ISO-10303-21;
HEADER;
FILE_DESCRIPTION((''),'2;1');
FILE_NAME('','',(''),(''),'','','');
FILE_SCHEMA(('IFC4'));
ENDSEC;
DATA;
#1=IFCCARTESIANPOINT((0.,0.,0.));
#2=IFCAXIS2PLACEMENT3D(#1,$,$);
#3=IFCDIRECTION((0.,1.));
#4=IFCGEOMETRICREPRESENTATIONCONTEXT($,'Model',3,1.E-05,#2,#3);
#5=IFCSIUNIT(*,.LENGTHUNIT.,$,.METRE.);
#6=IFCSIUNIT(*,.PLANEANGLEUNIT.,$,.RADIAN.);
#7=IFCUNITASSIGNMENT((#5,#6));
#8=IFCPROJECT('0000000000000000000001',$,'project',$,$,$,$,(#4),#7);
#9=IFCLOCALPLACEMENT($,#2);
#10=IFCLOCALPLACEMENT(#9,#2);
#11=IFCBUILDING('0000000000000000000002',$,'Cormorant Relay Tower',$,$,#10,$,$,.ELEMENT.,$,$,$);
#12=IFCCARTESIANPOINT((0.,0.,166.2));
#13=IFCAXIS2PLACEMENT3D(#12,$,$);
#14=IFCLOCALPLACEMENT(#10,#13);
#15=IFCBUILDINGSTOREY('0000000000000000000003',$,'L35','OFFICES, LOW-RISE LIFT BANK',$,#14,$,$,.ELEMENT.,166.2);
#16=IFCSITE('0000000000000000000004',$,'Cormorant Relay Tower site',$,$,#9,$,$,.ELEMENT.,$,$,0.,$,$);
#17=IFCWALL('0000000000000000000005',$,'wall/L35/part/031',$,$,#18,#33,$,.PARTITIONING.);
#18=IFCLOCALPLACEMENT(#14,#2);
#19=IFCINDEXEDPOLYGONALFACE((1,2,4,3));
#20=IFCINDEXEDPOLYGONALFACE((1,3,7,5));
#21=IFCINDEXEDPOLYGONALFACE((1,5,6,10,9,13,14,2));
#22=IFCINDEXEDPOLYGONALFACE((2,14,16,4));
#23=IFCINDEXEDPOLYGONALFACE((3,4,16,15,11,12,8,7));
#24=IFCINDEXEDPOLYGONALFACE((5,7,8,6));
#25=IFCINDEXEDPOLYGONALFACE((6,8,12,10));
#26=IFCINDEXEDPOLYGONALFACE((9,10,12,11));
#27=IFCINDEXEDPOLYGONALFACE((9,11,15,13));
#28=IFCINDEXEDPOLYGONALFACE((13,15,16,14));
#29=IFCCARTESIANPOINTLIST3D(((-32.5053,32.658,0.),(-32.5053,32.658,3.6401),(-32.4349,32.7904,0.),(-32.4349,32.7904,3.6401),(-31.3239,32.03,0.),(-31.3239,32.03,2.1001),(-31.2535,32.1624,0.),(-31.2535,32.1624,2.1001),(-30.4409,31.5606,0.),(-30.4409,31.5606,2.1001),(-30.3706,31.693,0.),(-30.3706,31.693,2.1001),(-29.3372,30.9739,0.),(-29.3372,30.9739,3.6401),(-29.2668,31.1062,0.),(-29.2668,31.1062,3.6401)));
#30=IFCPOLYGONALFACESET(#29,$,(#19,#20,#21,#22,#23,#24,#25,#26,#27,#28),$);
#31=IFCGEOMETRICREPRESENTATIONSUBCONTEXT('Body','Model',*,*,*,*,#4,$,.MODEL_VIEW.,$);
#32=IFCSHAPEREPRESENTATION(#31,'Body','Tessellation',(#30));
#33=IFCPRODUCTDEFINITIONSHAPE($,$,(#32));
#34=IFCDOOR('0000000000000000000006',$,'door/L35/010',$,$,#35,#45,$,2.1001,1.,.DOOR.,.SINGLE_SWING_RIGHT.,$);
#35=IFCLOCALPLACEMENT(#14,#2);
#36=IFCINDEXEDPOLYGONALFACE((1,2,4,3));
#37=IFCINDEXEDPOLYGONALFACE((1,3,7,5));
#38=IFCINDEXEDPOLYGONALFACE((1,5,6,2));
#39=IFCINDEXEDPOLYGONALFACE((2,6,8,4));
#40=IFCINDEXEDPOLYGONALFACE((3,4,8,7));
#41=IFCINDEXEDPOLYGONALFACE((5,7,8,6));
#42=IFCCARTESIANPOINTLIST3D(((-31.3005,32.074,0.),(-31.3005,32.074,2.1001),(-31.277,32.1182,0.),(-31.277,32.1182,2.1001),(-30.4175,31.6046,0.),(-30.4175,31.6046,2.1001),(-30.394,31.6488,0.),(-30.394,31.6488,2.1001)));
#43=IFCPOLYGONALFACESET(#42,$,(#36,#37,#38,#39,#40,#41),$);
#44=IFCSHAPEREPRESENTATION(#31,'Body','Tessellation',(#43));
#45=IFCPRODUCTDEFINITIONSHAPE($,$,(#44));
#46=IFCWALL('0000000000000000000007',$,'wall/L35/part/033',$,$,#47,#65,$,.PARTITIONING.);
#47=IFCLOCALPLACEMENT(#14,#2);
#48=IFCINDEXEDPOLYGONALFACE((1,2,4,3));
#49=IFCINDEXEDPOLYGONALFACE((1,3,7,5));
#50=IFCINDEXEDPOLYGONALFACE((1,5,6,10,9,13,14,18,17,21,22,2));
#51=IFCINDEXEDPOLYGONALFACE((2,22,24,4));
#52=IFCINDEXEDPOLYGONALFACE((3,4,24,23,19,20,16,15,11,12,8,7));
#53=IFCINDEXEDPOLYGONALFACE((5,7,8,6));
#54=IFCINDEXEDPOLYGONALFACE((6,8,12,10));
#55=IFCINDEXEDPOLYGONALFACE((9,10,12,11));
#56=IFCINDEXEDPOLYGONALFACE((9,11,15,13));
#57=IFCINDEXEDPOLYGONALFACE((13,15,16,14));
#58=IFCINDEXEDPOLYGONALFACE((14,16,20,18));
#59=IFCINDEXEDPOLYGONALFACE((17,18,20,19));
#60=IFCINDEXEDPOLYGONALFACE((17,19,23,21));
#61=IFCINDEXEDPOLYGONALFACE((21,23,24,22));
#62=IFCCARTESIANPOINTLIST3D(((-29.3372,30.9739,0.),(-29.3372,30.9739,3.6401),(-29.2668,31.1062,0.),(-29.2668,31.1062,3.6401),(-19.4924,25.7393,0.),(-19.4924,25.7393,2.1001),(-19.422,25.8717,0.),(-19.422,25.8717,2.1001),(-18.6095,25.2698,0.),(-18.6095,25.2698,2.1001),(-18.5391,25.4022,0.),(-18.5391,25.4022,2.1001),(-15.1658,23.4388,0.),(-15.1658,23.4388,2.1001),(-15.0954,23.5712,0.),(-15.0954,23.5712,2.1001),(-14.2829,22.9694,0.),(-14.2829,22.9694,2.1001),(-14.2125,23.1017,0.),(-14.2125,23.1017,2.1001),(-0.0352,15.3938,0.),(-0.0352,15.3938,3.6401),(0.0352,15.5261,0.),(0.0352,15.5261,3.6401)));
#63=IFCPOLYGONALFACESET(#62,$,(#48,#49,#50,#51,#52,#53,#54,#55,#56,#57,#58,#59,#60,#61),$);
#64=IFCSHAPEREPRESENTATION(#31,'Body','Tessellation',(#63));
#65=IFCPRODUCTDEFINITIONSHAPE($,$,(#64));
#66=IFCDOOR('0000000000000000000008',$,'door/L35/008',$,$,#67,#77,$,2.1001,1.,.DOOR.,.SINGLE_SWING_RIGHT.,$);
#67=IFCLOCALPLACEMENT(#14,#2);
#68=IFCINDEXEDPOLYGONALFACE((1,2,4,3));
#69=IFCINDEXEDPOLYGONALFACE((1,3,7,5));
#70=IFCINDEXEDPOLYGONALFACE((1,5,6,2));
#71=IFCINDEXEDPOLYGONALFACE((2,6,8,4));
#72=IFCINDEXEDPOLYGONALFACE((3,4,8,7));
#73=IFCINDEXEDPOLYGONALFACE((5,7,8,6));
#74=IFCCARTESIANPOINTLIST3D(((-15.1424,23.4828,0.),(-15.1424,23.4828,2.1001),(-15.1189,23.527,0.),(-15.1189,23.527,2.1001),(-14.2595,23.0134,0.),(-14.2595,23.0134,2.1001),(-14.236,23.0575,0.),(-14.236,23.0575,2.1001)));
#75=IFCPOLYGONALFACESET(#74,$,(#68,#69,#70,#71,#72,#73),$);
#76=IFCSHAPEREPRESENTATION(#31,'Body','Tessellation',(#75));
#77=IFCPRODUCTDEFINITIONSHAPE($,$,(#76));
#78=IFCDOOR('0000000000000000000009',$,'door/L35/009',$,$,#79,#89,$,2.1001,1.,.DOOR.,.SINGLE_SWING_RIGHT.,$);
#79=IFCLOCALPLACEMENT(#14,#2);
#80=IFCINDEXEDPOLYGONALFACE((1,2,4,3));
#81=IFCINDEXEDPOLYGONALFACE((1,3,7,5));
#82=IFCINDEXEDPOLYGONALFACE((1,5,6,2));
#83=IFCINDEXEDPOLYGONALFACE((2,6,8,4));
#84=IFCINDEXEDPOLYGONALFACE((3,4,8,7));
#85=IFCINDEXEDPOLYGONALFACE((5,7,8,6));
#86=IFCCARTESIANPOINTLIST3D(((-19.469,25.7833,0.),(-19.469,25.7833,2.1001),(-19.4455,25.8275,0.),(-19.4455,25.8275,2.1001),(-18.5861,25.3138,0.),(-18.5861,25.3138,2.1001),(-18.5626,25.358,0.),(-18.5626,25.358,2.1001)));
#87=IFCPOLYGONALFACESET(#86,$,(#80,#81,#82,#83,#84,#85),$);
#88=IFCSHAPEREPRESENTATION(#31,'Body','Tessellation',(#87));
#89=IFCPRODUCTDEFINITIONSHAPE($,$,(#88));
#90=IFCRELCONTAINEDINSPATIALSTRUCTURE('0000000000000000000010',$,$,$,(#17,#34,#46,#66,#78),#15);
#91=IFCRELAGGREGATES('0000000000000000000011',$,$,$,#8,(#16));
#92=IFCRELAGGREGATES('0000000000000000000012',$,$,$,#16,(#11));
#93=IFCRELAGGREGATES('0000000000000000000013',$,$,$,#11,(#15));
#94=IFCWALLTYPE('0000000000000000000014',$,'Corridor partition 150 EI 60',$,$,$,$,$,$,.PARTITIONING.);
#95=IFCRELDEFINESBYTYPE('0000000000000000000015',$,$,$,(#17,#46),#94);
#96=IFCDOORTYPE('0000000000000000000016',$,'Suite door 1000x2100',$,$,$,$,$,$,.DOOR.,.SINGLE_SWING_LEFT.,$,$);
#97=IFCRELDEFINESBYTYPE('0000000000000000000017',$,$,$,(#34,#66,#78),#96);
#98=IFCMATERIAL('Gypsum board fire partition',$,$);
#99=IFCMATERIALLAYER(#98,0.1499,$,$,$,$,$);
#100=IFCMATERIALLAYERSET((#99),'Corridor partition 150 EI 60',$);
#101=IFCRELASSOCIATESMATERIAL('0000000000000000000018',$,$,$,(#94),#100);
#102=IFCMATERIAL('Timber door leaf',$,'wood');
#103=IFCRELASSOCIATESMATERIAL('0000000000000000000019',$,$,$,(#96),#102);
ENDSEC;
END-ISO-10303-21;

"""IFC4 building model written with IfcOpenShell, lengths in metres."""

from ifc_helpers import new_model, si_unit, direction, frame, frame_2d, origin, place, context, subcontext, project, spatial, rectangle, extrude, material, layer, layer_set, type_object, element, fill, save


model = new_model("IFC4")

# Units and contexts
model_context = context("Model", 3, precision=1e-05, world=origin(), true_north=direction((0.0, 1.0)))
body_context = subcontext(model_context, "Body", "Model", "MODEL_VIEW")
ifc_project = project(units=[si_unit("LENGTHUNIT", "METRE"), si_unit("PLANEANGLEUNIT", "RADIAN")], contexts=[model_context])

# Site, building, storey
site_placement = place(None, origin())
site = spatial("IfcSite", under=ifc_project, at=site_placement, Name="Cormorant Relay Tower site", CompositionType="ELEMENT", RefElevation=0.0)
building_placement = place(site_placement, origin())
building = spatial("IfcBuilding", under=site, at=building_placement, Name="Cormorant Relay Tower", CompositionType="ELEMENT")
storey_placement = place(building_placement, frame((0.0, 0.0, 166.2)))
storey = spatial("IfcBuildingStorey", under=building, at=storey_placement, Name="L35", Description="OFFICES, LOW-RISE LIFT BANK", CompositionType="ELEMENT", Elevation=166.2)

# Shared definitions
ifc_material_1 = material(Name="Gypsum board fire partition")
ifc_layer_1 = layer(ifc_material_1, 0.1499)
ifc_layer_set_1 = layer_set([ifc_layer_1], Name="Corridor partition 150 EI 60")
wall_type_1 = type_object("IfcWallType", Name="Corridor partition 150 EI 60", PredefinedType="PARTITIONING", material=ifc_layer_set_1)

# Wall, opening, door
wall_1_placement = place(storey_placement, frame((-29.302, 31.04, 0.0), z_axis=(0.0, 0.0, 1.0), x_axis=(-0.882989, 0.469394, 0.0)))
wall_1 = element("IfcWall", 1, at=wall_1_placement, inside=storey, type_object=wall_type_1, Name="wall/L35/part/031", PredefinedType="PARTITIONING", context=body_context, shape_type="SweptSolid", body=[
    extrude(rectangle(XDim=3.5879, YDim=0.1499, at=frame_2d((1.7939, 0.0))), origin(), (0.0, 0.0, 1.0), 3.6401),
])
opening_1_placement = place(wall_1_placement, frame((1.25, 0.0, 0.0)))
opening_1 = element("IfcOpeningElement", 2, at=opening_1_placement, cuts=wall_1, PredefinedType="OPENING", context=body_context, shape_type="SweptSolid", body=[
    extrude(rectangle(XDim=1.0, YDim=2.1001, at=frame_2d((0.5, 1.05))), frame((0.0, 0.085, 0.0), z_axis=(0.0, -1.0, 0.0), x_axis=(1.0, 0.0, 0.0)), (0.0, 0.0, 1.0), 0.1699),
])
ifc_material_2 = material(Name="Timber door leaf", Category="wood")
door_type_1 = type_object("IfcDoorType", Name="Suite door 1000x2100", OperationType="SINGLE_SWING_LEFT", PredefinedType="DOOR", material=ifc_material_2)
door_1_placement = place(opening_1_placement, frame((1.0, 0.0, 0.0), z_axis=(0.0, 0.0, 1.0), x_axis=(-1.0, 0.0, 0.0)))
door_1 = element("IfcDoor", 3, at=door_1_placement, inside=storey, type_object=door_type_1, Name="door/L35/010", OperationType="SINGLE_SWING_RIGHT", OverallHeight=2.1001, OverallWidth=1.0, PredefinedType="DOOR", context=body_context, shape_type="SweptSolid", body=[
    extrude(rectangle(XDim=1.0, YDim=2.1001, at=frame_2d((0.5, 1.05))), frame((0.0, 0.0249, 0.0), z_axis=(0.0, -1.0, 0.0), x_axis=(1.0, 0.0, 0.0)), (0.0, 0.0, 1.0), 0.05),
])
fill(opening_1, door_1)

# Wall, openings, doors
wall_2_placement = place(storey_placement, frame((-29.302, 31.04, 0.0), z_axis=(0.0, 0.0, 1.0), x_axis=(0.882949, -0.46947, 0.0)))
wall_2 = element("IfcWall", 4, at=wall_2_placement, inside=storey, type_object=wall_type_1, Name="wall/L35/part/033", PredefinedType="PARTITIONING", context=body_context, shape_type="SweptSolid", body=[
    extrude(rectangle(XDim=33.1865, YDim=0.1499, at=frame_2d((16.5933, 0.0))), origin(), (0.0, 0.0, 1.0), 3.6401),
])
opening_2_placement = place(wall_2_placement, frame((16.05, 0.0, 0.0)))
opening_2 = element("IfcOpeningElement", 5, at=opening_2_placement, cuts=wall_2, PredefinedType="OPENING", context=body_context, shape_type="SweptSolid", body=[
    extrude(rectangle(XDim=1.0, YDim=2.1001, at=frame_2d((0.5, 1.05))), frame((0.0, 0.085, 0.0), z_axis=(0.0, -1.0, 0.0), x_axis=(1.0, 0.0, 0.0)), (0.0, 0.0, 1.0), 0.1699),
])
opening_3_placement = place(wall_2_placement, frame((11.1499, 0.0, 0.0)))
opening_3 = element("IfcOpeningElement", 6, at=opening_3_placement, cuts=wall_2, PredefinedType="OPENING", context=body_context, shape_type="SweptSolid", body=[
    extrude(rectangle(XDim=1.0, YDim=2.1001, at=frame_2d((0.5, 1.05))), frame((0.0, 0.085, 0.0), z_axis=(0.0, -1.0, 0.0), x_axis=(1.0, 0.0, 0.0)), (0.0, 0.0, 1.0), 0.1699),
])
door_2_placement = place(opening_2_placement, origin())
door_2 = element("IfcDoor", 7, at=door_2_placement, inside=storey, type_object=door_type_1, Name="door/L35/008", OperationType="SINGLE_SWING_RIGHT", OverallHeight=2.1001, OverallWidth=1.0, PredefinedType="DOOR", context=body_context, shape_type="SweptSolid", body=[
    extrude(rectangle(XDim=1.0, YDim=2.1001, at=frame_2d((0.5, 1.05))), frame((0.0, 0.0249, 0.0), z_axis=(0.0, -1.0, 0.0), x_axis=(1.0, 0.0, 0.0)), (0.0, 0.0, 1.0), 0.05),
])
fill(opening_2, door_2)
door_3_placement = place(opening_3_placement, origin())
door_3 = element("IfcDoor", 8, at=door_3_placement, inside=storey, type_object=door_type_1, Name="door/L35/009", OperationType="SINGLE_SWING_RIGHT", OverallHeight=2.1001, OverallWidth=1.0, PredefinedType="DOOR", context=body_context, shape_type="SweptSolid", body=[
    extrude(rectangle(XDim=1.0, YDim=2.1001, at=frame_2d((0.5, 1.05))), frame((0.0, 0.0249, 0.0), z_axis=(0.0, -1.0, 0.0), x_axis=(1.0, 0.0, 0.0)), (0.0, 0.0, 1.0), 0.05),
])
fill(opening_3, door_3)

save(model, "model.ifc")
